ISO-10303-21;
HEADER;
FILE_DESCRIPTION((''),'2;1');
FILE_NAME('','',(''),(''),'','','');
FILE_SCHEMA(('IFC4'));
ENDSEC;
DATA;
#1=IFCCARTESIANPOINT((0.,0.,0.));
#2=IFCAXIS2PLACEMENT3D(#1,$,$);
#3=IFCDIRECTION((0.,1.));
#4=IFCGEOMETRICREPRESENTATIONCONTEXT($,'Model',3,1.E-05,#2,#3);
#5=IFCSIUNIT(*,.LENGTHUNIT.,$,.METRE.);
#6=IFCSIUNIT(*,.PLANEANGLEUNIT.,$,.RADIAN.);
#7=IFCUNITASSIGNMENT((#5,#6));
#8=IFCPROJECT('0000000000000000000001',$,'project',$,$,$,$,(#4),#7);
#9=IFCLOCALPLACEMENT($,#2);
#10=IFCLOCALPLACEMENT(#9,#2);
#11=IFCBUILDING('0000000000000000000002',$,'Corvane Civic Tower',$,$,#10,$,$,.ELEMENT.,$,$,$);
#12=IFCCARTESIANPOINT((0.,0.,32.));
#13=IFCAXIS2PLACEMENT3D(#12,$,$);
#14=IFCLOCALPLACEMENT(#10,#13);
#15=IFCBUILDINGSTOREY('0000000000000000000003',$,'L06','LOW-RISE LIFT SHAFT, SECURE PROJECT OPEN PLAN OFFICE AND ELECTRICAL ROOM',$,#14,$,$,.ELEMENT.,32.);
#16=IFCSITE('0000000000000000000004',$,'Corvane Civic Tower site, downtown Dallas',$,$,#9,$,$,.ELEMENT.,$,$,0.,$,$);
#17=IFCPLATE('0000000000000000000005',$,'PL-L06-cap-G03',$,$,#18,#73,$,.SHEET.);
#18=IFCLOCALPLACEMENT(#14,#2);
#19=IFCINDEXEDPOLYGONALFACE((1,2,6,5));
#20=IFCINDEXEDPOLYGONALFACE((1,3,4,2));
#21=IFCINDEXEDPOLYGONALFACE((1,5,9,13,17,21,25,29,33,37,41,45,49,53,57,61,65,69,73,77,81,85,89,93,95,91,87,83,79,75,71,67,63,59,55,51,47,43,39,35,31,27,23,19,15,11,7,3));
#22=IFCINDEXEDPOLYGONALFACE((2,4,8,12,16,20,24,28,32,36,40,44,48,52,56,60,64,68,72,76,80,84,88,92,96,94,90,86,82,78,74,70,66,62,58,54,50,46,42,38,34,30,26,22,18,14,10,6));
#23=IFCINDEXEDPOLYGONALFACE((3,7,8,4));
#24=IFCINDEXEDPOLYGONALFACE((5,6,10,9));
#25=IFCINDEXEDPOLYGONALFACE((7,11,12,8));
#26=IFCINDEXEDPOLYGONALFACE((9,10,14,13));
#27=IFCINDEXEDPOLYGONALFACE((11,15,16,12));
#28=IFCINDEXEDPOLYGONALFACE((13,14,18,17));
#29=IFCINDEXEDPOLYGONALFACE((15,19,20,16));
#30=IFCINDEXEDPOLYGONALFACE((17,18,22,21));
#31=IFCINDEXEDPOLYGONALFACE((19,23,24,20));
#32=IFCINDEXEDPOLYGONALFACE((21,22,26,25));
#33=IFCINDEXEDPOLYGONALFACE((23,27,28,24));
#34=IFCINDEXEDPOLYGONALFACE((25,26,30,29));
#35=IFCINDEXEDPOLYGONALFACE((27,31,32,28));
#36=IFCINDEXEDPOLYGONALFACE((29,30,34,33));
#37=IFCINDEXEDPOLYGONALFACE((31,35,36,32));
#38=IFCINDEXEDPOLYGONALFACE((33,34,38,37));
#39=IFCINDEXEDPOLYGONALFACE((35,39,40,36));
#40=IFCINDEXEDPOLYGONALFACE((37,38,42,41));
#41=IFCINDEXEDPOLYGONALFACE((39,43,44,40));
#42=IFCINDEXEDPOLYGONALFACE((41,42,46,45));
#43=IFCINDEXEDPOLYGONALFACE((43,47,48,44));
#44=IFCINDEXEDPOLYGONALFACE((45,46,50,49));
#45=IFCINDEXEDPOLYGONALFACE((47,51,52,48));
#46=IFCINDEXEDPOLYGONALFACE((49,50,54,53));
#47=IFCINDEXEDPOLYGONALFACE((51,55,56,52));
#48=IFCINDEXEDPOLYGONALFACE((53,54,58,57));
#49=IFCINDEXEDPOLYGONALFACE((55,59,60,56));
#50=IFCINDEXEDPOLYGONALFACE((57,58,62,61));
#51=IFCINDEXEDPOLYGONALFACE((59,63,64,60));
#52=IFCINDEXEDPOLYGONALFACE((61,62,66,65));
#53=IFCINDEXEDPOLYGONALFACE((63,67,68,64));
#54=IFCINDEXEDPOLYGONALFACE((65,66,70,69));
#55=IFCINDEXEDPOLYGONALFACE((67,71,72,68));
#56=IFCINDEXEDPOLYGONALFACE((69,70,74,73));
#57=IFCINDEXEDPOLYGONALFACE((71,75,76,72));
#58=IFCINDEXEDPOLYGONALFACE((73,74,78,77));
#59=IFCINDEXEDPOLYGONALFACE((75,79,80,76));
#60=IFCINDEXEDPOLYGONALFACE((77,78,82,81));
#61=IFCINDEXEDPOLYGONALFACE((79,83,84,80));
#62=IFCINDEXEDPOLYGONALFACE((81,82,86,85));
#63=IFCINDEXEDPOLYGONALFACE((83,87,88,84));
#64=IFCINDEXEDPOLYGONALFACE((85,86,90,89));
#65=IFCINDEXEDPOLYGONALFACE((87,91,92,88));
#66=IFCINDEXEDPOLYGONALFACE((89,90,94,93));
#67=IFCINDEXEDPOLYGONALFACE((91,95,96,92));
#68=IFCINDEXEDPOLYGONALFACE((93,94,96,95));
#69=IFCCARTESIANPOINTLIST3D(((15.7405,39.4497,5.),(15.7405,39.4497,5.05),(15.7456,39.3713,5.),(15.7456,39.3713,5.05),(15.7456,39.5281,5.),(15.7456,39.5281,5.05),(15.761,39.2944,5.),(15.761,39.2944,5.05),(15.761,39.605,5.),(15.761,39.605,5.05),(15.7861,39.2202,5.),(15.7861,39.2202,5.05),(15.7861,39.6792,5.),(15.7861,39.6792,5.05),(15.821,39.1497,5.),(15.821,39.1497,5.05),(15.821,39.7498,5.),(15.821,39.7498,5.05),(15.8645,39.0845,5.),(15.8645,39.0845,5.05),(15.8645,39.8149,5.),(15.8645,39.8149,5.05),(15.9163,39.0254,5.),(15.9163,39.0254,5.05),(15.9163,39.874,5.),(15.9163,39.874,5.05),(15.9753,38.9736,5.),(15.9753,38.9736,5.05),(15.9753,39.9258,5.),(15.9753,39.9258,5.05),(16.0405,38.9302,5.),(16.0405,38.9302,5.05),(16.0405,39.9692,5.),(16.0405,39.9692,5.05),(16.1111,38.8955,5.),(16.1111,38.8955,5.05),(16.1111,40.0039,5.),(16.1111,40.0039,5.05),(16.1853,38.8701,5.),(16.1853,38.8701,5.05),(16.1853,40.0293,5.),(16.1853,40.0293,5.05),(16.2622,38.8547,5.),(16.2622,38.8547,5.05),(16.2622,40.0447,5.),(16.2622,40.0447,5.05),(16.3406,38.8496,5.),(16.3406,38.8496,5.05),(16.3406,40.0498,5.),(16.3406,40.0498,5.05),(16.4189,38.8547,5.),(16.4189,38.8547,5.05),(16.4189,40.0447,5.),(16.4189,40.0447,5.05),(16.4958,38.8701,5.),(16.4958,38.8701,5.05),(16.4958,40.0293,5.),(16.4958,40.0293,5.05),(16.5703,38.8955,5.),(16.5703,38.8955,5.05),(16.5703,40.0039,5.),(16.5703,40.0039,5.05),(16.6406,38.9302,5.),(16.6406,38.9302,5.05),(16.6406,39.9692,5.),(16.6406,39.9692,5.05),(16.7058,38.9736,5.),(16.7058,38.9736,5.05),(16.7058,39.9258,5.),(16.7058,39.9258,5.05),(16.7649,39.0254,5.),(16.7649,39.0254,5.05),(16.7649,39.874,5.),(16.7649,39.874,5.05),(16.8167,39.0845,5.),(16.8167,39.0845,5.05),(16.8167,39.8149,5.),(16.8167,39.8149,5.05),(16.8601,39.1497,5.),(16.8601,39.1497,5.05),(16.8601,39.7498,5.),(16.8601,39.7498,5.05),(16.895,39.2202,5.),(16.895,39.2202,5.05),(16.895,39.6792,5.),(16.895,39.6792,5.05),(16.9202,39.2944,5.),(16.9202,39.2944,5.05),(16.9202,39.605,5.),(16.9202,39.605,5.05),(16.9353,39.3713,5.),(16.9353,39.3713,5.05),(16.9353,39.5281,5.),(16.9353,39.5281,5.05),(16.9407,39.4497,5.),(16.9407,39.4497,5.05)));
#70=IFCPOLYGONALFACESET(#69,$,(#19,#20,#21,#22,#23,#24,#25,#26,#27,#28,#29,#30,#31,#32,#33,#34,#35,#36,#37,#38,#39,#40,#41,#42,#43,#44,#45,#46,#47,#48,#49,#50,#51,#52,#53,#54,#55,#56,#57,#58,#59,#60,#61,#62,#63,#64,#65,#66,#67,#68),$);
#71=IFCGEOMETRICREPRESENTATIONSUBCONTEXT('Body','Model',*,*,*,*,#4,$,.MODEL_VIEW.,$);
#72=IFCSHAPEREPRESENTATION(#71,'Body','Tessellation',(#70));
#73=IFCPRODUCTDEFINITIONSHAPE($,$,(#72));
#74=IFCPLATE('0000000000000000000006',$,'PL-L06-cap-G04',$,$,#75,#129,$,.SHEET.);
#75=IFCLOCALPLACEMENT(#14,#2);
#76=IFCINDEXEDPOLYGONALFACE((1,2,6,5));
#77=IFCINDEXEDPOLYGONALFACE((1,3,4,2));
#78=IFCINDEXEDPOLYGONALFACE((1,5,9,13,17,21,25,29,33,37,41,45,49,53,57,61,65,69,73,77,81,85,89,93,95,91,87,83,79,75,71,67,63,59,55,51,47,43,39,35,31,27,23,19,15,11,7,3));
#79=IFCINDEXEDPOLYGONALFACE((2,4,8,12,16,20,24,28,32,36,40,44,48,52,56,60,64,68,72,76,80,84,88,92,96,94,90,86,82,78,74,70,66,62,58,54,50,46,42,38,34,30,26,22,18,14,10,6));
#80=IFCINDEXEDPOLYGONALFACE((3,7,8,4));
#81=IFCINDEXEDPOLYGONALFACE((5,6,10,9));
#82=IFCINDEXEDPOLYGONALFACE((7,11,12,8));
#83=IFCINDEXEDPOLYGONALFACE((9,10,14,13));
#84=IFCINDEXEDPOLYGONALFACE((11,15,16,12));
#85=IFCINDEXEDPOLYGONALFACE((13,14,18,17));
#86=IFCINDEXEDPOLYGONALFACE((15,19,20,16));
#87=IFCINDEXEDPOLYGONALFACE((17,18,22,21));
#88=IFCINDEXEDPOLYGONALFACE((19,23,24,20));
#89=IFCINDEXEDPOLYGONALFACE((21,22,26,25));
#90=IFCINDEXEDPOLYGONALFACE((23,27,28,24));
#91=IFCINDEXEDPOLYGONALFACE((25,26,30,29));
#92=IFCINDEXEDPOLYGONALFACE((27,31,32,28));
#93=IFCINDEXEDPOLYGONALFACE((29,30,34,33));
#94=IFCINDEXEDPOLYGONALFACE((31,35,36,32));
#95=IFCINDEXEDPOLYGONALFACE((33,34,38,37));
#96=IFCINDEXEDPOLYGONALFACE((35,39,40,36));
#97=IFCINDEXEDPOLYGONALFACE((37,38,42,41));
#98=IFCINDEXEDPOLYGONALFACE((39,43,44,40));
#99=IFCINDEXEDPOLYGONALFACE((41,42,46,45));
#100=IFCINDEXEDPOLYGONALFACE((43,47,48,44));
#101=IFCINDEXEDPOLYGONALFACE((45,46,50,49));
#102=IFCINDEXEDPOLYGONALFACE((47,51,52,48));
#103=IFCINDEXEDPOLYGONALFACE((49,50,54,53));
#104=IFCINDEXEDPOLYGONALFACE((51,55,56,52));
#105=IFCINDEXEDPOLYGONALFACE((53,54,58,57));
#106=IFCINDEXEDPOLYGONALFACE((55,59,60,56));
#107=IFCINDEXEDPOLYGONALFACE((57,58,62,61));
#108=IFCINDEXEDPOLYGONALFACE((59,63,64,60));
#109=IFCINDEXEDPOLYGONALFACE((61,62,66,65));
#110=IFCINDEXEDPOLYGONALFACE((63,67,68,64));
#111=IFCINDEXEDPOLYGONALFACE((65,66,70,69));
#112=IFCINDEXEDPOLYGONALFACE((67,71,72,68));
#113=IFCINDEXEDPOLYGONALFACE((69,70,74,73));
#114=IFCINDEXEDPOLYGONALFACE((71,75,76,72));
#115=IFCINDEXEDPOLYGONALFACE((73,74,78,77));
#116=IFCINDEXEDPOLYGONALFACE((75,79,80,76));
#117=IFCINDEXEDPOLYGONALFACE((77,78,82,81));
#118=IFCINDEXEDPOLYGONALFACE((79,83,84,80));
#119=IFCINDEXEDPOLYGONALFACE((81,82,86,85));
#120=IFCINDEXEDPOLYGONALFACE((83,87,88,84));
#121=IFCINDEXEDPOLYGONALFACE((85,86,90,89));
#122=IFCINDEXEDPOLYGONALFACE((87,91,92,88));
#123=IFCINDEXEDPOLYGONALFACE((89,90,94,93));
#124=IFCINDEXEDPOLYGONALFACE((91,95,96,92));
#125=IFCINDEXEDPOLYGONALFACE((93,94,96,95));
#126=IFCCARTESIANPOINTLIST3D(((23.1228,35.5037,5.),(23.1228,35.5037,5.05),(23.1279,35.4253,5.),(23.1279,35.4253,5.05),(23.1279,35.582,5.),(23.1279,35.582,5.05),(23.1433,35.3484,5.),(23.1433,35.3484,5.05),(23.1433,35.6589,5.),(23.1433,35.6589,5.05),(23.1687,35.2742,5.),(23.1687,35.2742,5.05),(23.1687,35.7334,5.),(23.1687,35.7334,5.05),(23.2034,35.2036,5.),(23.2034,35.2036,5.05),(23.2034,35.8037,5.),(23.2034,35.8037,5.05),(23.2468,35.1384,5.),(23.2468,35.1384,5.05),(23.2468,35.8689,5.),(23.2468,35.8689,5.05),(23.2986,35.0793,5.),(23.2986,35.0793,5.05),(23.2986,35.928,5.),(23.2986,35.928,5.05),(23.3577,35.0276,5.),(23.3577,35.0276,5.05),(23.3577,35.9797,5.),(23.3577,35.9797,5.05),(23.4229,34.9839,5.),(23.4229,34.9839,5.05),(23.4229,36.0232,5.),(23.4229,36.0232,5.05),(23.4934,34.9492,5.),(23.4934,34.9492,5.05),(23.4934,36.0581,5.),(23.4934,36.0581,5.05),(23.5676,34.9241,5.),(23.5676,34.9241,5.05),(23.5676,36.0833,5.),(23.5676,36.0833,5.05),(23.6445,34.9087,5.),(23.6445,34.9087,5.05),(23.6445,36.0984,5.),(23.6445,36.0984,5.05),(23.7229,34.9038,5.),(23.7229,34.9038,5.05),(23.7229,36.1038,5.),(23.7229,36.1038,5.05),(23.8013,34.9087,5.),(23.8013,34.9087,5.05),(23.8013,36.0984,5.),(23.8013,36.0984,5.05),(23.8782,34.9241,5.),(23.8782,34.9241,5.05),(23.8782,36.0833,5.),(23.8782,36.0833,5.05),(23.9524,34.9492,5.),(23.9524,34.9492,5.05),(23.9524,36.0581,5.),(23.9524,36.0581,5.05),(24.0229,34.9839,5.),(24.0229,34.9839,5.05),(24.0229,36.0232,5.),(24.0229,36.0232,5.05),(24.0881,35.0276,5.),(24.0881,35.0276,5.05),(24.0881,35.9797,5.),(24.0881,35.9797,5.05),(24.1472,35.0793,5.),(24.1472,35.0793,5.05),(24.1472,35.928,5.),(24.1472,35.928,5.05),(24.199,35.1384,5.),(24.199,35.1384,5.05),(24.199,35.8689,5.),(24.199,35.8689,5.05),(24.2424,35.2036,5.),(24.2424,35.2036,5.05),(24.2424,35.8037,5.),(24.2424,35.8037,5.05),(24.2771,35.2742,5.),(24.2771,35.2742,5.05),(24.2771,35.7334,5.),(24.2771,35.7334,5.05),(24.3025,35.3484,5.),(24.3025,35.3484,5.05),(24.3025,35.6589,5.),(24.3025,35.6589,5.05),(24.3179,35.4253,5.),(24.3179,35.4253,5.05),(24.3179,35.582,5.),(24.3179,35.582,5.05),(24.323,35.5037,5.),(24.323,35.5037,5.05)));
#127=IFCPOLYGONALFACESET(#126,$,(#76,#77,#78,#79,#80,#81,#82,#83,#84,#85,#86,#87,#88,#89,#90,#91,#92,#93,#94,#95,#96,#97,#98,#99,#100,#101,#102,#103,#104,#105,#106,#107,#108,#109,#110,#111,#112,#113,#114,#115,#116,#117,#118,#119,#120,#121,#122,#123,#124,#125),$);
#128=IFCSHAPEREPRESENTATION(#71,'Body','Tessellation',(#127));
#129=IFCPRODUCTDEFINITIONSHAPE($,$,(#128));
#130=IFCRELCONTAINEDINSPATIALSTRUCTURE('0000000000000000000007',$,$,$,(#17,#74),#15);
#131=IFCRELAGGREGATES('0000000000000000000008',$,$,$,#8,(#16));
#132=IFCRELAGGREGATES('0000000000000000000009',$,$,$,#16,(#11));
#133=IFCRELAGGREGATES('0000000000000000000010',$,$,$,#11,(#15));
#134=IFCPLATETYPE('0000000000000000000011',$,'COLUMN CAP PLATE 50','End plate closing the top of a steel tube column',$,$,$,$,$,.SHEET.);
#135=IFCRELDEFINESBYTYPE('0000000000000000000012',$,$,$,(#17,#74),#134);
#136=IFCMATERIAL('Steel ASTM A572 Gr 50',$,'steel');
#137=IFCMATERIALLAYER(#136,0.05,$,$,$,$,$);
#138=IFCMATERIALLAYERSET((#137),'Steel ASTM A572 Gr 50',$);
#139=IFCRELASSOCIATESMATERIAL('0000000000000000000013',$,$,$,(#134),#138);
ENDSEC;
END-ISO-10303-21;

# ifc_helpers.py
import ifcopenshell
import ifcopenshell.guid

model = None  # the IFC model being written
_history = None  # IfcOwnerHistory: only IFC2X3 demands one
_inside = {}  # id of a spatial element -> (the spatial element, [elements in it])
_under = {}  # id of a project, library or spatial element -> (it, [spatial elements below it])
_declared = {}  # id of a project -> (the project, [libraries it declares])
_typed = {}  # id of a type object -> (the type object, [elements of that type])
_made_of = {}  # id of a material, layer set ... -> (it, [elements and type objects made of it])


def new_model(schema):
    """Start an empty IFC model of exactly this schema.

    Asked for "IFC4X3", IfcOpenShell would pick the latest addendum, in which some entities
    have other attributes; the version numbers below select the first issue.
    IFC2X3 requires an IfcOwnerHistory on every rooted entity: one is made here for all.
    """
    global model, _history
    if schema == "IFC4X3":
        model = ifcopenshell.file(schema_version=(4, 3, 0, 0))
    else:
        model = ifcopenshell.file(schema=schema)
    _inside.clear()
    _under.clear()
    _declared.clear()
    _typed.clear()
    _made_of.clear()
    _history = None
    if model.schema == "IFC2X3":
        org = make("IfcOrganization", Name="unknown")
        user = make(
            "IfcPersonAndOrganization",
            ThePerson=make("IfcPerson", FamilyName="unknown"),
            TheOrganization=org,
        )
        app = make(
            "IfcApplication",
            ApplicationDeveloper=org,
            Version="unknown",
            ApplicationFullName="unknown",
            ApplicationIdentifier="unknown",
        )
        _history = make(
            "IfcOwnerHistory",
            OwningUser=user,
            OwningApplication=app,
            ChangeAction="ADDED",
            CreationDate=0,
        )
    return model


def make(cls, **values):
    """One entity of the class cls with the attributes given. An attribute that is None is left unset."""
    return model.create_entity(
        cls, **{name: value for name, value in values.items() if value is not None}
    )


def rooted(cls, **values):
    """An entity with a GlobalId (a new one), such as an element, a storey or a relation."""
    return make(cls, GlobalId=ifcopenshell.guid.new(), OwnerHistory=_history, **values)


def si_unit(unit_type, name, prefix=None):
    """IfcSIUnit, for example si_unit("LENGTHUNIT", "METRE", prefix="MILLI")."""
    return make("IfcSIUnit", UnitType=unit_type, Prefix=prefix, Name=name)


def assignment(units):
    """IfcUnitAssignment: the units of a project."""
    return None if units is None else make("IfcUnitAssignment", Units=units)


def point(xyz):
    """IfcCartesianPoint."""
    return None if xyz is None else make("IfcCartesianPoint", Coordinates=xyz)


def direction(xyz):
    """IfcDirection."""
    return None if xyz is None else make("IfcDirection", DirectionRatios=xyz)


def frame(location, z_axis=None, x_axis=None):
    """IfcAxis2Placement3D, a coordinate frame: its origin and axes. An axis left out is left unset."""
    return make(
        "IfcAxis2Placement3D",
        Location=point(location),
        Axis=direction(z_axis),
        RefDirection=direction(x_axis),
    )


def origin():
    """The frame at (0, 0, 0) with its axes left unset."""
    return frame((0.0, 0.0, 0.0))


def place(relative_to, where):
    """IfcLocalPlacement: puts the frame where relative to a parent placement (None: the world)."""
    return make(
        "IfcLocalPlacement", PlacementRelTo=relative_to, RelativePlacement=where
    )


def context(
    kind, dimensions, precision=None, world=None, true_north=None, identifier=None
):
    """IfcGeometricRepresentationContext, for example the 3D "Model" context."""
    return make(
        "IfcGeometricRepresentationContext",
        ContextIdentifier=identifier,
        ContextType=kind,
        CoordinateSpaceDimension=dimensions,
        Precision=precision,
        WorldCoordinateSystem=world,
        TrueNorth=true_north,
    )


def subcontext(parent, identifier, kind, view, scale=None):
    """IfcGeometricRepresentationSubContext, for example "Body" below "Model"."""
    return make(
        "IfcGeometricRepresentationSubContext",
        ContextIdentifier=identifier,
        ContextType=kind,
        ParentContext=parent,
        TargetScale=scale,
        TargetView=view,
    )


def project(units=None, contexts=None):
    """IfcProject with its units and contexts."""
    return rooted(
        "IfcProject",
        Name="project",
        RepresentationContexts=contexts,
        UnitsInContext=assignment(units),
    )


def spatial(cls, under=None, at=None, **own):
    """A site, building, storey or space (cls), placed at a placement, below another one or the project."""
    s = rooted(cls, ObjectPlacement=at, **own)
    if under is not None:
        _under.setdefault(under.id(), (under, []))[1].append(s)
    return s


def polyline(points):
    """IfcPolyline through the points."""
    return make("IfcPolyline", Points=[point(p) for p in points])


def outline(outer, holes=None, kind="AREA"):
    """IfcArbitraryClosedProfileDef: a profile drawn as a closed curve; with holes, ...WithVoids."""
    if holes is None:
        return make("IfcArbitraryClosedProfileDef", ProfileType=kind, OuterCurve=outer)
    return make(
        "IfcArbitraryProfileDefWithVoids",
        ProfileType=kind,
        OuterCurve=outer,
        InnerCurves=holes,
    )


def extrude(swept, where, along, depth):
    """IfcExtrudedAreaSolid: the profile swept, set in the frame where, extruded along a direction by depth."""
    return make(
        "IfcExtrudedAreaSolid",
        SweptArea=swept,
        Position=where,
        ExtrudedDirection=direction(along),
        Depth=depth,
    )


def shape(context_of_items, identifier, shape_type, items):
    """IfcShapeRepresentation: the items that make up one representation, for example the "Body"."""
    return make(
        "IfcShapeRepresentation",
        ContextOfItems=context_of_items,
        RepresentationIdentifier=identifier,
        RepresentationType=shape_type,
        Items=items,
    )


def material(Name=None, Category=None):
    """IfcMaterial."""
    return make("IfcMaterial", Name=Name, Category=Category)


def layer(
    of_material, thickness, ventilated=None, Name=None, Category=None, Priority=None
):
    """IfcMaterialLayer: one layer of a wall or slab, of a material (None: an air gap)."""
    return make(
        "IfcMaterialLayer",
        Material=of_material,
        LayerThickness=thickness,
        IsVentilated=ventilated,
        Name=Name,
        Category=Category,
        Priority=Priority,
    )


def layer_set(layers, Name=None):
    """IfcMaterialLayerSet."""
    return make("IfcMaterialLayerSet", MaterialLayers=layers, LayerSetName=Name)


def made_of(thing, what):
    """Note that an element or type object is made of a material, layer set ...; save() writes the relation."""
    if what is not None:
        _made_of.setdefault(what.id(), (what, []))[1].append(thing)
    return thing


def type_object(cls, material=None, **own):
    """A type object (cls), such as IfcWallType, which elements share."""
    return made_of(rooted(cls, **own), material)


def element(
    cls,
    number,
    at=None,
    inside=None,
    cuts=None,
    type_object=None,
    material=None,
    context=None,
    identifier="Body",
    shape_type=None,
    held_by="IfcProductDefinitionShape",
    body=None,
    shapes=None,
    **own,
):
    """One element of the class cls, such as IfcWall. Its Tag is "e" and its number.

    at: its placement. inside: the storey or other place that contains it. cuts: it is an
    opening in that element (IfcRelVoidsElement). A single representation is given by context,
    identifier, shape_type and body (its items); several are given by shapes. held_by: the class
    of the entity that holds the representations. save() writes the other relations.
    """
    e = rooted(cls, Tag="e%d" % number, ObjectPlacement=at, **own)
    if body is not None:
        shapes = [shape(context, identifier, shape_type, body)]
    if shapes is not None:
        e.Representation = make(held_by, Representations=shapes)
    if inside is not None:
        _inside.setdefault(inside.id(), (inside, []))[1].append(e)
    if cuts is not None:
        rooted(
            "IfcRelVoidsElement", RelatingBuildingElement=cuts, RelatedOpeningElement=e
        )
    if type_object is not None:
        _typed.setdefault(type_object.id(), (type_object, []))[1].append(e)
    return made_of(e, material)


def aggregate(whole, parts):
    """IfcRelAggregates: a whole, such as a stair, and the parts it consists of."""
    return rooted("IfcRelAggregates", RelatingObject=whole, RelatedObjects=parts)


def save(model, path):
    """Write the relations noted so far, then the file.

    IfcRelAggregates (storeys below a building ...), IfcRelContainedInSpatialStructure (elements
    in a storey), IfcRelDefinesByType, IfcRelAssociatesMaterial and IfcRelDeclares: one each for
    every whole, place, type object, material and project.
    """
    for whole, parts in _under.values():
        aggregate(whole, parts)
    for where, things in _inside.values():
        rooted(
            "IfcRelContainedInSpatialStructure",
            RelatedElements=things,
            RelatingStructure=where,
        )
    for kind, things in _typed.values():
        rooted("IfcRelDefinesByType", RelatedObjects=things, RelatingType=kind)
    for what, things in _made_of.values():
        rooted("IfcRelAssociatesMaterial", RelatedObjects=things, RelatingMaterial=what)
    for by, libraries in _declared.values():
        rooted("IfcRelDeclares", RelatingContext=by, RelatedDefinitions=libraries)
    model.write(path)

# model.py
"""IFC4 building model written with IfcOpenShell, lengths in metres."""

from ifc_helpers import new_model, si_unit, direction, frame, origin, place, context, subcontext, project, spatial, polyline, outline, extrude, material, layer, layer_set, type_object, element, save


model = new_model("IFC4")

# Units and contexts
model_context = context("Model", 3, precision=1e-05, world=origin(), true_north=direction((0.0, 1.0)))
body_context = subcontext(model_context, "Body", "Model", "MODEL_VIEW")
ifc_project = project(units=[si_unit("LENGTHUNIT", "METRE"), si_unit("PLANEANGLEUNIT", "RADIAN")], contexts=[model_context])

# Site, building, storey
site_placement = place(None, origin())
site = spatial("IfcSite", under=ifc_project, at=site_placement, Name="Corvane Civic Tower site, downtown Dallas", CompositionType="ELEMENT", RefElevation=0.0)
building_placement = place(site_placement, origin())
building = spatial("IfcBuilding", under=site, at=building_placement, Name="Corvane Civic Tower", CompositionType="ELEMENT")
storey_placement = place(building_placement, frame((0.0, 0.0, 32.0)))
storey = spatial("IfcBuildingStorey", under=building, at=storey_placement, Name="L06", Description="LOW-RISE LIFT SHAFT, SECURE PROJECT OPEN PLAN OFFICE AND ELECTRICAL ROOM", CompositionType="ELEMENT", Elevation=32.0)

# Plates
ifc_material_1 = material(Name="Steel ASTM A572 Gr 50", Category="steel")
ifc_layer_1 = layer(ifc_material_1, 0.05)
ifc_layer_set_1 = layer_set([ifc_layer_1], Name="Steel ASTM A572 Gr 50")
plate_type = type_object("IfcPlateType", Name="COLUMN CAP PLATE 50", Description="End plate closing the top of a steel tube column", PredefinedType="SHEET", material=ifc_layer_set_1)
plate_1_placement = place(storey_placement, frame((0.0, 0.0, 5.0)))
element("IfcPlate", 1, at=plate_1_placement, inside=storey, type_object=plate_type, Name="PL-L06-cap-G03", PredefinedType="SHEET", context=body_context, shape_type="SweptSolid", body=[
    extrude(outline(polyline([(16.9407, 39.4497), (16.9353, 39.5281), (16.9202, 39.605), (16.895, 39.6792), (16.8601, 39.7498), (16.8167, 39.8149), (16.7649, 39.874), (16.7058, 39.9258), (16.6406, 39.9692), (16.5703, 40.0039), (16.4958, 40.0293), (16.4189, 40.0447), (16.3406, 40.0498), (16.2622, 40.0447), (16.1853, 40.0293), (16.1111, 40.0039), (16.0405, 39.9692), (15.9753, 39.9258), (15.9163, 39.874), (15.8645, 39.8149), (15.821, 39.7498), (15.7861, 39.6792), (15.761, 39.605), (15.7456, 39.5281), (15.7405, 39.4497), (15.7456, 39.3713), (15.761, 39.2944), (15.7861, 39.2202), (15.821, 39.1497), (15.8645, 39.0845), (15.9163, 39.0254), (15.9753, 38.9736), (16.0405, 38.9302), (16.1111, 38.8955), (16.1853, 38.8701), (16.2622, 38.8547), (16.3406, 38.8496), (16.4189, 38.8547), (16.4958, 38.8701), (16.5703, 38.8955), (16.6406, 38.9302), (16.7058, 38.9736), (16.7649, 39.0254), (16.8167, 39.0845), (16.8601, 39.1497), (16.895, 39.2202), (16.9202, 39.2944), (16.9353, 39.3713), (16.9407, 39.4497)])), origin(), (0.0, 0.0, 1.0), 0.05),
])
plate_2_placement = place(storey_placement, frame((0.0, 0.0, 5.0)))
element("IfcPlate", 2, at=plate_2_placement, inside=storey, type_object=plate_type, Name="PL-L06-cap-G04", PredefinedType="SHEET", context=body_context, shape_type="SweptSolid", body=[
    extrude(outline(polyline([(24.323, 35.5037), (24.3179, 35.582), (24.3025, 35.6589), (24.2771, 35.7334), (24.2424, 35.8037), (24.199, 35.8689), (24.1472, 35.928), (24.0881, 35.9797), (24.0229, 36.0232), (23.9524, 36.0581), (23.8782, 36.0833), (23.8013, 36.0984), (23.7229, 36.1038), (23.6445, 36.0984), (23.5676, 36.0833), (23.4934, 36.0581), (23.4229, 36.0232), (23.3577, 35.9797), (23.2986, 35.928), (23.2468, 35.8689), (23.2034, 35.8037), (23.1687, 35.7334), (23.1433, 35.6589), (23.1279, 35.582), (23.1228, 35.5037), (23.1279, 35.4253), (23.1433, 35.3484), (23.1687, 35.2742), (23.2034, 35.2036), (23.2468, 35.1384), (23.2986, 35.0793), (23.3577, 35.0276), (23.4229, 34.9839), (23.4934, 34.9492), (23.5676, 34.9241), (23.6445, 34.9087), (23.7229, 34.9038), (23.8013, 34.9087), (23.8782, 34.9241), (23.9524, 34.9492), (24.0229, 34.9839), (24.0881, 35.0276), (24.1472, 35.0793), (24.199, 35.1384), (24.2424, 35.2036), (24.2771, 35.2742), (24.3025, 35.3484), (24.3179, 35.4253), (24.323, 35.5037)])), origin(), (0.0, 0.0, 1.0), 0.05),
])

save(model, "model.ifc")
